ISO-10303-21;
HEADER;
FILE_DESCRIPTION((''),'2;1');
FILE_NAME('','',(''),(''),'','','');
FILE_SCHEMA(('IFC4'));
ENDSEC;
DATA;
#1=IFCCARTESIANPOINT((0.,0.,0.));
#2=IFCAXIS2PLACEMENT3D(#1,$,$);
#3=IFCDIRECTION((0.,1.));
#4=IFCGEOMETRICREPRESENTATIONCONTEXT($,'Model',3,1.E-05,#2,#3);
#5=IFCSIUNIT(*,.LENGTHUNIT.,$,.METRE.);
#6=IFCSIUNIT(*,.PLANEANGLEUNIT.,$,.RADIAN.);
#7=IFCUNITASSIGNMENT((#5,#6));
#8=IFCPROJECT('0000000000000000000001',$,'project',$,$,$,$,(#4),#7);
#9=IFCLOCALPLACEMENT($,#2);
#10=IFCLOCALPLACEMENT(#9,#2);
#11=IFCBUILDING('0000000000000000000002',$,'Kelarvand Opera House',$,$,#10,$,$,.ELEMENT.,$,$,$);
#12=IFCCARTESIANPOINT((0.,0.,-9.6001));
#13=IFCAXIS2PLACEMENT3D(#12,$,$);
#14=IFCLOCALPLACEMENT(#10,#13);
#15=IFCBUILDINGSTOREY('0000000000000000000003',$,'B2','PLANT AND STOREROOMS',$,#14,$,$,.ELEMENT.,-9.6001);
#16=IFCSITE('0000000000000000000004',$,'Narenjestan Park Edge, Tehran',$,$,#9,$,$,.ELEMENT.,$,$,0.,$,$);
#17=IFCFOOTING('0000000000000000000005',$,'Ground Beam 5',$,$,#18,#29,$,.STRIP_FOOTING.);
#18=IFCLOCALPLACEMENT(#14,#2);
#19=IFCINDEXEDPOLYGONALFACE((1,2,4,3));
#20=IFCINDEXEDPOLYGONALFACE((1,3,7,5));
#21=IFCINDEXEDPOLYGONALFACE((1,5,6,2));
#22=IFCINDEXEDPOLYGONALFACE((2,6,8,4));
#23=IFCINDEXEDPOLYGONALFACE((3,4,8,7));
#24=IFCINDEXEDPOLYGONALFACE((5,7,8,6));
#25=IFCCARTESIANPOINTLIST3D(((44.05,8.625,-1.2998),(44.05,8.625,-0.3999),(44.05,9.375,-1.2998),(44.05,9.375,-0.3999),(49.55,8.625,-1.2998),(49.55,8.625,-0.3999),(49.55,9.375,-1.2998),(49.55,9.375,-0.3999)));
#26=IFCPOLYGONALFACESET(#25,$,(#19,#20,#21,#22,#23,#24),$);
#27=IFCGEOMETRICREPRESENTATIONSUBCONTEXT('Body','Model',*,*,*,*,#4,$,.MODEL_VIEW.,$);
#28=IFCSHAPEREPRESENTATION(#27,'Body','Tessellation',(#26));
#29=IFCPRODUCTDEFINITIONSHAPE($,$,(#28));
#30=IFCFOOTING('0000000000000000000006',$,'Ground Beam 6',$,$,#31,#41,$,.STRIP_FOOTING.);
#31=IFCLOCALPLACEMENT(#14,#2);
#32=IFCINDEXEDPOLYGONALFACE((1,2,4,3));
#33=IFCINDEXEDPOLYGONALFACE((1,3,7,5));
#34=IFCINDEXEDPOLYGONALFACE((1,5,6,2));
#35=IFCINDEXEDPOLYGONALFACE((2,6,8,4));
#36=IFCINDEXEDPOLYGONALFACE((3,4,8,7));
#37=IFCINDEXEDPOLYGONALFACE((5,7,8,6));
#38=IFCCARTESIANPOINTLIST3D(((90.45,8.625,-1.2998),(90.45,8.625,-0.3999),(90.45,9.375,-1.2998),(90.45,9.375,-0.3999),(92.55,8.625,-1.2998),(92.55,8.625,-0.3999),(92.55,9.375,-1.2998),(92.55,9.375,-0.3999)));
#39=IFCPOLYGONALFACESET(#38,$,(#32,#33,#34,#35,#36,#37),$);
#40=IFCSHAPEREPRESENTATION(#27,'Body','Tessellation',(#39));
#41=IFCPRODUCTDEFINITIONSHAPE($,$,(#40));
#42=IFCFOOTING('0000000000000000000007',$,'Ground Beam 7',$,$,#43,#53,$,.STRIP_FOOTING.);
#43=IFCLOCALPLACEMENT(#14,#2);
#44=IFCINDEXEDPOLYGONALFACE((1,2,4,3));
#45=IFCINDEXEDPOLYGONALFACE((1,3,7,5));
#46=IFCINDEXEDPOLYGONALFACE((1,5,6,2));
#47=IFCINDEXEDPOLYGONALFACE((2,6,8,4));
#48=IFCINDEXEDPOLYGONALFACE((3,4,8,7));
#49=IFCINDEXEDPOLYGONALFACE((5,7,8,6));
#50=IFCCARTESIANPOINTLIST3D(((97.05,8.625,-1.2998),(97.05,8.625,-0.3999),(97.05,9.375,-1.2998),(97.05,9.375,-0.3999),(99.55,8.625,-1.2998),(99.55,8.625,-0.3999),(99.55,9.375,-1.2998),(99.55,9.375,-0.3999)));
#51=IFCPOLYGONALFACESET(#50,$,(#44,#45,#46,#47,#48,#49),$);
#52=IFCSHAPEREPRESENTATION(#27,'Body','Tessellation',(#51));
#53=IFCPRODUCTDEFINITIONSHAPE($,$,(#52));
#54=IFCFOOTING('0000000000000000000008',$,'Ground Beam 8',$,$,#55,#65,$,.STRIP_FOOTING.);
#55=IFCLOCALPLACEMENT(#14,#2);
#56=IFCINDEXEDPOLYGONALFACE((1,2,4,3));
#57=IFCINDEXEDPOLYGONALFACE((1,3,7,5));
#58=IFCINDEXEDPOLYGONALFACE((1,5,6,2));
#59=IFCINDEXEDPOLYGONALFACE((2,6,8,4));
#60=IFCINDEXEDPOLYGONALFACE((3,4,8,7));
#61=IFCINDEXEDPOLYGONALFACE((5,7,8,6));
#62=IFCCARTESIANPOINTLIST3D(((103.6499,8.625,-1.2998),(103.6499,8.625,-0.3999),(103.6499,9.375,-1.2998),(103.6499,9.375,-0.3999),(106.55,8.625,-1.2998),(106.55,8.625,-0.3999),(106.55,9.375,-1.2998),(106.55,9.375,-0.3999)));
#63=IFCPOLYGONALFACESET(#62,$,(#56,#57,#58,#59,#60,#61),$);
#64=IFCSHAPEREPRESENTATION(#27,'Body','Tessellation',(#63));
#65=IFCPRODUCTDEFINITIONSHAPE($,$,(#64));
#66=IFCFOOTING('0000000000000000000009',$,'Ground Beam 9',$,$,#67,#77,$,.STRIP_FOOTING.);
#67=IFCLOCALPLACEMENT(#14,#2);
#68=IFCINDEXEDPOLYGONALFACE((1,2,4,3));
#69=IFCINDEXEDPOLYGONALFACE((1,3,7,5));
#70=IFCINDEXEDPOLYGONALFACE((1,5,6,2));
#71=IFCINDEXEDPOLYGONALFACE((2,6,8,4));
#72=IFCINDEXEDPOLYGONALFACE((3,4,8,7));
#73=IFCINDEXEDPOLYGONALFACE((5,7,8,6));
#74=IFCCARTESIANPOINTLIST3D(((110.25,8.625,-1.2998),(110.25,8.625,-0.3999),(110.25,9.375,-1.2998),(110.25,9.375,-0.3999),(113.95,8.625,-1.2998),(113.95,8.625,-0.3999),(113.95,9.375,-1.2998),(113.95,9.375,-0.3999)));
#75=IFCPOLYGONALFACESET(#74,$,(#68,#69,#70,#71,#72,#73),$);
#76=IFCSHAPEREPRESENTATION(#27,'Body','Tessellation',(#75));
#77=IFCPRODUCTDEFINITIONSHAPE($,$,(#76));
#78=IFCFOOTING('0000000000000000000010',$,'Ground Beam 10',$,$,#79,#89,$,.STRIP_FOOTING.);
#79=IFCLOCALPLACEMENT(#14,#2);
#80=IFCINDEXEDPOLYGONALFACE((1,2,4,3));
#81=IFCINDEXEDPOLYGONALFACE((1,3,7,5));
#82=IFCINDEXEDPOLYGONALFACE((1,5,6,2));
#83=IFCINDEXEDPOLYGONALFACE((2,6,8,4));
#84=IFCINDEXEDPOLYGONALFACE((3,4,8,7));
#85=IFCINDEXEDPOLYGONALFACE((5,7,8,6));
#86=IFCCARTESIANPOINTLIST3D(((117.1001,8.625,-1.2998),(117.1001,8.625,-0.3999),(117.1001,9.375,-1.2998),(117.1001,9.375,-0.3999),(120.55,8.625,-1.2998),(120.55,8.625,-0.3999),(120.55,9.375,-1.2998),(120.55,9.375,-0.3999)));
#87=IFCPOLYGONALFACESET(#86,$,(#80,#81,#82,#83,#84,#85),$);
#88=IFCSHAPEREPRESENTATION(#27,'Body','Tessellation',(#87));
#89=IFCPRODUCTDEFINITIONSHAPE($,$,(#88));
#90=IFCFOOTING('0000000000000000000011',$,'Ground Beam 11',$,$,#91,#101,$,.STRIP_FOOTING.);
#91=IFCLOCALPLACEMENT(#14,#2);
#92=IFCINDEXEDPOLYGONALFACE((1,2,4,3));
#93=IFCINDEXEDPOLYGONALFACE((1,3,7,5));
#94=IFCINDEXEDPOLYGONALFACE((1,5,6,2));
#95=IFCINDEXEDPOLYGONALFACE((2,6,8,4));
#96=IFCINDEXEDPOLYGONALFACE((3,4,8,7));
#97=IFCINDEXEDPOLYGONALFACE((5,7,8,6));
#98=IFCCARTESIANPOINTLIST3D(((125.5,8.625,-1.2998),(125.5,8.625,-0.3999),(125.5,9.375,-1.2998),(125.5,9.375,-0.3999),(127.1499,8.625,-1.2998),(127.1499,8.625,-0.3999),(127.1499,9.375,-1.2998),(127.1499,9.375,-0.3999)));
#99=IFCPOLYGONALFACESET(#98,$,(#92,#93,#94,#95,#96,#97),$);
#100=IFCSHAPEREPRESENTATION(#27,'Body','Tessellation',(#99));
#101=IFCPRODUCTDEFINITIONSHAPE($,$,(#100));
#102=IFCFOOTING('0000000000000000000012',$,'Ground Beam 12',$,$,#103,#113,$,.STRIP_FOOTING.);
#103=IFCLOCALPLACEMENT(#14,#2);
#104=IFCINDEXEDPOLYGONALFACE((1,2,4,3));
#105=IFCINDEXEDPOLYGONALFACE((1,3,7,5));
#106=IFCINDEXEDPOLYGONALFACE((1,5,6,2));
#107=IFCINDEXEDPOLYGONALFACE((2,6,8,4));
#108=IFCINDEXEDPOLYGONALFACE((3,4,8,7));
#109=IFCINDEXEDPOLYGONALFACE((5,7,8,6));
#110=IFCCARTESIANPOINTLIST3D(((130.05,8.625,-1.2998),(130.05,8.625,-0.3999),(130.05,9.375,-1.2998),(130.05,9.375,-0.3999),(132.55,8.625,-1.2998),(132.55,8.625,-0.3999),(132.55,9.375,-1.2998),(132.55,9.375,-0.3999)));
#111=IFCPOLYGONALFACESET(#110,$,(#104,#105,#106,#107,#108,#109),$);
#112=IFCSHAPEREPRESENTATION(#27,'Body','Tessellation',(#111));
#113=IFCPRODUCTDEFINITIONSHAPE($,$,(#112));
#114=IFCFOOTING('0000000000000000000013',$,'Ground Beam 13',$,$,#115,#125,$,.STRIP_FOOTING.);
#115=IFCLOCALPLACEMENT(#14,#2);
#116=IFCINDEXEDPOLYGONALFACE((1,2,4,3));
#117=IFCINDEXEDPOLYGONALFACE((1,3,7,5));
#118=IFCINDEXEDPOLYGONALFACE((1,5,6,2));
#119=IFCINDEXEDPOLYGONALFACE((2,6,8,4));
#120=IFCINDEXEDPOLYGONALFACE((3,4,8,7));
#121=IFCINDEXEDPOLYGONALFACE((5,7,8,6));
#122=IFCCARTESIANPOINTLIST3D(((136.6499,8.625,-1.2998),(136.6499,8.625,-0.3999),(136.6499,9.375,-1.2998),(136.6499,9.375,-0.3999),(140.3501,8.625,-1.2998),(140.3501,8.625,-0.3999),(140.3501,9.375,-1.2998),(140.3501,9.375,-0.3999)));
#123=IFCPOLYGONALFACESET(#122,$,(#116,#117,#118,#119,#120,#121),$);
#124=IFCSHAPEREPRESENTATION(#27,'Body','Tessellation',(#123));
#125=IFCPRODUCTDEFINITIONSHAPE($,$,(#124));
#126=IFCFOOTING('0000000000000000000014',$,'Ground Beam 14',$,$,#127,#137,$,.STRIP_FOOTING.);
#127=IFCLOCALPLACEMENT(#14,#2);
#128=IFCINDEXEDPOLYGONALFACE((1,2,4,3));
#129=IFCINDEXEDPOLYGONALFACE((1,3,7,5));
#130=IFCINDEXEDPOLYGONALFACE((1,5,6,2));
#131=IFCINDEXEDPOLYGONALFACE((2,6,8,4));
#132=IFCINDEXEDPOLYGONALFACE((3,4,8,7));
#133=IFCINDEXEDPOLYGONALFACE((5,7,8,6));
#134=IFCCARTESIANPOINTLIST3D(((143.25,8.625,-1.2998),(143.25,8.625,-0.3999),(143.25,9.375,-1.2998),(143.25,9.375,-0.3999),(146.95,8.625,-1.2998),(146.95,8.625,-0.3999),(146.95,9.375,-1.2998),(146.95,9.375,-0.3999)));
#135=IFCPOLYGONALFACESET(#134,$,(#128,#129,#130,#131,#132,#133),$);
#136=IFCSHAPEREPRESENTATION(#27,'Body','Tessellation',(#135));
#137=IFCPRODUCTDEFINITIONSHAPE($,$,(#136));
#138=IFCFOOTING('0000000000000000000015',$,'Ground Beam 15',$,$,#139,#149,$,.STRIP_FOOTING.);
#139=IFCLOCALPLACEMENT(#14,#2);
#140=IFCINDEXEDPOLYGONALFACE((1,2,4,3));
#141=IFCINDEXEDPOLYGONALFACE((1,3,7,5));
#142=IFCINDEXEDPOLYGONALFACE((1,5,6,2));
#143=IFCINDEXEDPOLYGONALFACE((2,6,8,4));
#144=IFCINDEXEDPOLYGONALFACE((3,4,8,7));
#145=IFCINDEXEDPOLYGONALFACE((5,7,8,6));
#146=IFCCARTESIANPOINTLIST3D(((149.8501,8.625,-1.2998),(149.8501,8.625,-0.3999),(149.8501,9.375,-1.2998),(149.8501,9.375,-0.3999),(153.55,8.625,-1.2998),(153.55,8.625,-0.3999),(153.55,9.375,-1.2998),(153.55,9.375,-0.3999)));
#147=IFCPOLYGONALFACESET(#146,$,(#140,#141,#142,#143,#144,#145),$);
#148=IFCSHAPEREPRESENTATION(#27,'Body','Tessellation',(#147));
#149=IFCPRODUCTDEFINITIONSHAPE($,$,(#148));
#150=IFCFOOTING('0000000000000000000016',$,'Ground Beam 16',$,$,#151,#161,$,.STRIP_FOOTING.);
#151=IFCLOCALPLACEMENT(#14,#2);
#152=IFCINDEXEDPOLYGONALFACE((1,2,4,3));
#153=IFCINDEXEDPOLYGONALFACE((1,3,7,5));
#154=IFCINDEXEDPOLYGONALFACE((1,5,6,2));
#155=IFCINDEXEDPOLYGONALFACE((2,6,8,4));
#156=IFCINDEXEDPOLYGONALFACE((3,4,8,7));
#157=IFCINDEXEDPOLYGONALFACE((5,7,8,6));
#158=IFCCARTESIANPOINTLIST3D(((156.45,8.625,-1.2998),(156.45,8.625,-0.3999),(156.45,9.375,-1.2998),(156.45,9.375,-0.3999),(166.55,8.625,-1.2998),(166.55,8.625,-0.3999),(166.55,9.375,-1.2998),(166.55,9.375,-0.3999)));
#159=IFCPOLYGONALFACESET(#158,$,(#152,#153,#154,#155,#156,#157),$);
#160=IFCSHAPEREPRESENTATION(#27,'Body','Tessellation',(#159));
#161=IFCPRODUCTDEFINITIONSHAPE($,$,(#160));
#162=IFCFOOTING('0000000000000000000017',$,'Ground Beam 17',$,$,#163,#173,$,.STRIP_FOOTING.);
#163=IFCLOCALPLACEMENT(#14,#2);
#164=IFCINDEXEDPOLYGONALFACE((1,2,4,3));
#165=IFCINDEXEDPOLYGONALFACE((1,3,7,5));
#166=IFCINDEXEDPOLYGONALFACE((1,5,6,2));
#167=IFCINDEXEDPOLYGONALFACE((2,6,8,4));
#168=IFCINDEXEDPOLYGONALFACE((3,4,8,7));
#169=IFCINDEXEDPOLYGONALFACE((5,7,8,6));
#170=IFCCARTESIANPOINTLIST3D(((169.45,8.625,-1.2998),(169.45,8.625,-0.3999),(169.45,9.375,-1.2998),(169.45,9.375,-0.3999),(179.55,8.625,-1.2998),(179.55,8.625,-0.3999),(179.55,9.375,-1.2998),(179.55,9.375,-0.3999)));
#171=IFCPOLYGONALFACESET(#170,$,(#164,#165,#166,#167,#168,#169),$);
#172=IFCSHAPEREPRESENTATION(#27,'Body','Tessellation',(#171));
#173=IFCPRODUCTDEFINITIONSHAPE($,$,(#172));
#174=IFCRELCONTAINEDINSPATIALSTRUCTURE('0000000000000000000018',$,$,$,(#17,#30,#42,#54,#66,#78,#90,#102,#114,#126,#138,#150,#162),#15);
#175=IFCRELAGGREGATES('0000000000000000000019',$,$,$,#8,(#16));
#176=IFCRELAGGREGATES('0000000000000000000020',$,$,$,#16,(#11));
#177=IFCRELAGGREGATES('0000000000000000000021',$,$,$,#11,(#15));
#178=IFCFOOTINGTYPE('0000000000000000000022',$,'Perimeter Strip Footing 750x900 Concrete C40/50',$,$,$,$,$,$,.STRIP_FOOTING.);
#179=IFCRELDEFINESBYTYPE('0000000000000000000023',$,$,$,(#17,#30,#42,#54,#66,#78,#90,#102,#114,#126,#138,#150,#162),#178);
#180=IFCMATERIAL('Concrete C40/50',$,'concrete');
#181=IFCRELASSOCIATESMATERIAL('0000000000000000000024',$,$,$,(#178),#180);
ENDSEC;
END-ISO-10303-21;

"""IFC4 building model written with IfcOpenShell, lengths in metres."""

from ifc_helpers import new_model, si_unit, direction, frame, origin, place, context, subcontext, project, spatial, polyline, outline, extrude, material, type_object, element, save


model = new_model("IFC4")

# Units and contexts
model_context = context("Model", 3, precision=1e-05, world=origin(), true_north=direction((0.0, 1.0)))
body_context = subcontext(model_context, "Body", "Model", "MODEL_VIEW")
ifc_project = project(units=[si_unit("LENGTHUNIT", "METRE"), si_unit("PLANEANGLEUNIT", "RADIAN")], contexts=[model_context])

# Site, building, storey
site_placement = place(None, origin())
site = spatial("IfcSite", under=ifc_project, at=site_placement, Name="Narenjestan Park Edge, Tehran", CompositionType="ELEMENT", RefElevation=0.0)
building_placement = place(site_placement, origin())
building = spatial("IfcBuilding", under=site, at=building_placement, Name="Kelarvand Opera House", CompositionType="ELEMENT")
storey_placement = place(building_placement, frame((0.0, 0.0, -9.6001)))
storey = spatial("IfcBuildingStorey", under=building, at=storey_placement, Name="B2", Description="PLANT AND STOREROOMS", CompositionType="ELEMENT", Elevation=-9.6001)

# Footings
ifc_material = material(Name="Concrete C40/50", Category="concrete")
footing_type_1 = type_object("IfcFootingType", Name="Perimeter Strip Footing 750x900 Concrete C40/50", PredefinedType="STRIP_FOOTING", material=ifc_material)
footing_1_placement = place(storey_placement, frame((0.0, 0.0, -1.2998)))
element("IfcFooting", 1, at=footing_1_placement, inside=storey, type_object=footing_type_1, Name="Ground Beam 5", PredefinedType="STRIP_FOOTING", context=body_context, shape_type="SweptSolid", body=[
    extrude(outline(polyline([(44.05, 8.625), (49.55, 8.625), (49.55, 9.375), (44.05, 9.375), (44.05, 8.625)])), origin(), (0.0, 0.0, 1.0), 0.8999),
])
footing_2_placement = place(storey_placement, frame((0.0, 0.0, -1.2998)))
element("IfcFooting", 2, at=footing_2_placement, inside=storey, type_object=footing_type_1, Name="Ground Beam 6", PredefinedType="STRIP_FOOTING", context=body_context, shape_type="SweptSolid", body=[
    extrude(outline(polyline([(90.45, 8.625), (92.55, 8.625), (92.55, 9.375), (90.45, 9.375), (90.45, 8.625)])), origin(), (0.0, 0.0, 1.0), 0.8999),
])
footing_3_placement = place(storey_placement, frame((0.0, 0.0, -1.2998)))
element("IfcFooting", 3, at=footing_3_placement, inside=storey, type_object=footing_type_1, Name="Ground Beam 7", PredefinedType="STRIP_FOOTING", context=body_context, shape_type="SweptSolid", body=[
    extrude(outline(polyline([(97.05, 8.625), (99.55, 8.625), (99.55, 9.375), (97.05, 9.375), (97.05, 8.625)])), origin(), (0.0, 0.0, 1.0), 0.8999),
])
footing_4_placement = place(storey_placement, frame((0.0, 0.0, -1.2998)))
element("IfcFooting", 4, at=footing_4_placement, inside=storey, type_object=footing_type_1, Name="Ground Beam 8", PredefinedType="STRIP_FOOTING", context=body_context, shape_type="SweptSolid", body=[
    extrude(outline(polyline([(103.6499, 8.625), (106.55, 8.625), (106.55, 9.375), (103.6499, 9.375), (103.6499, 8.625)])), origin(), (0.0, 0.0, 1.0), 0.8999),
])
footing_5_placement = place(storey_placement, frame((0.0, 0.0, -1.2998)))
element("IfcFooting", 5, at=footing_5_placement, inside=storey, type_object=footing_type_1, Name="Ground Beam 9", PredefinedType="STRIP_FOOTING", context=body_context, shape_type="SweptSolid", body=[
    extrude(outline(polyline([(110.25, 8.625), (113.95, 8.625), (113.95, 9.375), (110.25, 9.375), (110.25, 8.625)])), origin(), (0.0, 0.0, 1.0), 0.8999),
])
footing_6_placement = place(storey_placement, frame((0.0, 0.0, -1.2998)))
element("IfcFooting", 6, at=footing_6_placement, inside=storey, type_object=footing_type_1, Name="Ground Beam 10", PredefinedType="STRIP_FOOTING", context=body_context, shape_type="SweptSolid", body=[
    extrude(outline(polyline([(117.1001, 8.625), (120.55, 8.625), (120.55, 9.375), (117.1001, 9.375), (117.1001, 8.625)])), origin(), (0.0, 0.0, 1.0), 0.8999),
])
footing_7_placement = place(storey_placement, frame((0.0, 0.0, -1.2998)))
element("IfcFooting", 7, at=footing_7_placement, inside=storey, type_object=footing_type_1, Name="Ground Beam 11", PredefinedType="STRIP_FOOTING", context=body_context, shape_type="SweptSolid", body=[
    extrude(outline(polyline([(125.5, 8.625), (127.1499, 8.625), (127.1499, 9.375), (125.5, 9.375), (125.5, 8.625)])), origin(), (0.0, 0.0, 1.0), 0.8999),
])
footing_8_placement = place(storey_placement, frame((0.0, 0.0, -1.2998)))
element("IfcFooting", 8, at=footing_8_placement, inside=storey, type_object=footing_type_1, Name="Ground Beam 12", PredefinedType="STRIP_FOOTING", context=body_context, shape_type="SweptSolid", body=[
    extrude(outline(polyline([(130.05, 8.625), (132.55, 8.625), (132.55, 9.375), (130.05, 9.375), (130.05, 8.625)])), origin(), (0.0, 0.0, 1.0), 0.8999),
])
footing_9_placement = place(storey_placement, frame((0.0, 0.0, -1.2998)))
element("IfcFooting", 9, at=footing_9_placement, inside=storey, type_object=footing_type_1, Name="Ground Beam 13", PredefinedType="STRIP_FOOTING", context=body_context, shape_type="SweptSolid", body=[
    extrude(outline(polyline([(136.6499, 8.625), (140.3501, 8.625), (140.3501, 9.375), (136.6499, 9.375), (136.6499, 8.625)])), origin(), (0.0, 0.0, 1.0), 0.8999),
])
footing_10_placement = place(storey_placement, frame((0.0, 0.0, -1.2998)))
element("IfcFooting", 10, at=footing_10_placement, inside=storey, type_object=footing_type_1, Name="Ground Beam 14", PredefinedType="STRIP_FOOTING", context=body_context, shape_type="SweptSolid", body=[
    extrude(outline(polyline([(143.25, 8.625), (146.95, 8.625), (146.95, 9.375), (143.25, 9.375), (143.25, 8.625)])), origin(), (0.0, 0.0, 1.0), 0.8999),
])
footing_11_placement = place(storey_placement, frame((0.0, 0.0, -1.2998)))
element("IfcFooting", 11, at=footing_11_placement, inside=storey, type_object=footing_type_1, Name="Ground Beam 15", PredefinedType="STRIP_FOOTING", context=body_context, shape_type="SweptSolid", body=[
    extrude(outline(polyline([(149.8501, 8.625), (153.55, 8.625), (153.55, 9.375), (149.8501, 9.375), (149.8501, 8.625)])), origin(), (0.0, 0.0, 1.0), 0.8999),
])
footing_12_placement = place(storey_placement, frame((0.0, 0.0, -1.2998)))
element("IfcFooting", 12, at=footing_12_placement, inside=storey, type_object=footing_type_1, Name="Ground Beam 16", PredefinedType="STRIP_FOOTING", context=body_context, shape_type="SweptSolid", body=[
    extrude(outline(polyline([(156.45, 8.625), (166.55, 8.625), (166.55, 9.375), (156.45, 9.375), (156.45, 8.625)])), origin(), (0.0, 0.0, 1.0), 0.8999),
])
footing_13_placement = place(storey_placement, frame((0.0, 0.0, -1.2998)))
element("IfcFooting", 13, at=footing_13_placement, inside=storey, type_object=footing_type_1, Name="Ground Beam 17", PredefinedType="STRIP_FOOTING", context=body_context, shape_type="SweptSolid", body=[
    extrude(outline(polyline([(169.45, 8.625), (179.55, 8.625), (179.55, 9.375), (169.45, 9.375), (169.45, 8.625)])), origin(), (0.0, 0.0, 1.0), 0.8999),
])

save(model, "model.ifc")
